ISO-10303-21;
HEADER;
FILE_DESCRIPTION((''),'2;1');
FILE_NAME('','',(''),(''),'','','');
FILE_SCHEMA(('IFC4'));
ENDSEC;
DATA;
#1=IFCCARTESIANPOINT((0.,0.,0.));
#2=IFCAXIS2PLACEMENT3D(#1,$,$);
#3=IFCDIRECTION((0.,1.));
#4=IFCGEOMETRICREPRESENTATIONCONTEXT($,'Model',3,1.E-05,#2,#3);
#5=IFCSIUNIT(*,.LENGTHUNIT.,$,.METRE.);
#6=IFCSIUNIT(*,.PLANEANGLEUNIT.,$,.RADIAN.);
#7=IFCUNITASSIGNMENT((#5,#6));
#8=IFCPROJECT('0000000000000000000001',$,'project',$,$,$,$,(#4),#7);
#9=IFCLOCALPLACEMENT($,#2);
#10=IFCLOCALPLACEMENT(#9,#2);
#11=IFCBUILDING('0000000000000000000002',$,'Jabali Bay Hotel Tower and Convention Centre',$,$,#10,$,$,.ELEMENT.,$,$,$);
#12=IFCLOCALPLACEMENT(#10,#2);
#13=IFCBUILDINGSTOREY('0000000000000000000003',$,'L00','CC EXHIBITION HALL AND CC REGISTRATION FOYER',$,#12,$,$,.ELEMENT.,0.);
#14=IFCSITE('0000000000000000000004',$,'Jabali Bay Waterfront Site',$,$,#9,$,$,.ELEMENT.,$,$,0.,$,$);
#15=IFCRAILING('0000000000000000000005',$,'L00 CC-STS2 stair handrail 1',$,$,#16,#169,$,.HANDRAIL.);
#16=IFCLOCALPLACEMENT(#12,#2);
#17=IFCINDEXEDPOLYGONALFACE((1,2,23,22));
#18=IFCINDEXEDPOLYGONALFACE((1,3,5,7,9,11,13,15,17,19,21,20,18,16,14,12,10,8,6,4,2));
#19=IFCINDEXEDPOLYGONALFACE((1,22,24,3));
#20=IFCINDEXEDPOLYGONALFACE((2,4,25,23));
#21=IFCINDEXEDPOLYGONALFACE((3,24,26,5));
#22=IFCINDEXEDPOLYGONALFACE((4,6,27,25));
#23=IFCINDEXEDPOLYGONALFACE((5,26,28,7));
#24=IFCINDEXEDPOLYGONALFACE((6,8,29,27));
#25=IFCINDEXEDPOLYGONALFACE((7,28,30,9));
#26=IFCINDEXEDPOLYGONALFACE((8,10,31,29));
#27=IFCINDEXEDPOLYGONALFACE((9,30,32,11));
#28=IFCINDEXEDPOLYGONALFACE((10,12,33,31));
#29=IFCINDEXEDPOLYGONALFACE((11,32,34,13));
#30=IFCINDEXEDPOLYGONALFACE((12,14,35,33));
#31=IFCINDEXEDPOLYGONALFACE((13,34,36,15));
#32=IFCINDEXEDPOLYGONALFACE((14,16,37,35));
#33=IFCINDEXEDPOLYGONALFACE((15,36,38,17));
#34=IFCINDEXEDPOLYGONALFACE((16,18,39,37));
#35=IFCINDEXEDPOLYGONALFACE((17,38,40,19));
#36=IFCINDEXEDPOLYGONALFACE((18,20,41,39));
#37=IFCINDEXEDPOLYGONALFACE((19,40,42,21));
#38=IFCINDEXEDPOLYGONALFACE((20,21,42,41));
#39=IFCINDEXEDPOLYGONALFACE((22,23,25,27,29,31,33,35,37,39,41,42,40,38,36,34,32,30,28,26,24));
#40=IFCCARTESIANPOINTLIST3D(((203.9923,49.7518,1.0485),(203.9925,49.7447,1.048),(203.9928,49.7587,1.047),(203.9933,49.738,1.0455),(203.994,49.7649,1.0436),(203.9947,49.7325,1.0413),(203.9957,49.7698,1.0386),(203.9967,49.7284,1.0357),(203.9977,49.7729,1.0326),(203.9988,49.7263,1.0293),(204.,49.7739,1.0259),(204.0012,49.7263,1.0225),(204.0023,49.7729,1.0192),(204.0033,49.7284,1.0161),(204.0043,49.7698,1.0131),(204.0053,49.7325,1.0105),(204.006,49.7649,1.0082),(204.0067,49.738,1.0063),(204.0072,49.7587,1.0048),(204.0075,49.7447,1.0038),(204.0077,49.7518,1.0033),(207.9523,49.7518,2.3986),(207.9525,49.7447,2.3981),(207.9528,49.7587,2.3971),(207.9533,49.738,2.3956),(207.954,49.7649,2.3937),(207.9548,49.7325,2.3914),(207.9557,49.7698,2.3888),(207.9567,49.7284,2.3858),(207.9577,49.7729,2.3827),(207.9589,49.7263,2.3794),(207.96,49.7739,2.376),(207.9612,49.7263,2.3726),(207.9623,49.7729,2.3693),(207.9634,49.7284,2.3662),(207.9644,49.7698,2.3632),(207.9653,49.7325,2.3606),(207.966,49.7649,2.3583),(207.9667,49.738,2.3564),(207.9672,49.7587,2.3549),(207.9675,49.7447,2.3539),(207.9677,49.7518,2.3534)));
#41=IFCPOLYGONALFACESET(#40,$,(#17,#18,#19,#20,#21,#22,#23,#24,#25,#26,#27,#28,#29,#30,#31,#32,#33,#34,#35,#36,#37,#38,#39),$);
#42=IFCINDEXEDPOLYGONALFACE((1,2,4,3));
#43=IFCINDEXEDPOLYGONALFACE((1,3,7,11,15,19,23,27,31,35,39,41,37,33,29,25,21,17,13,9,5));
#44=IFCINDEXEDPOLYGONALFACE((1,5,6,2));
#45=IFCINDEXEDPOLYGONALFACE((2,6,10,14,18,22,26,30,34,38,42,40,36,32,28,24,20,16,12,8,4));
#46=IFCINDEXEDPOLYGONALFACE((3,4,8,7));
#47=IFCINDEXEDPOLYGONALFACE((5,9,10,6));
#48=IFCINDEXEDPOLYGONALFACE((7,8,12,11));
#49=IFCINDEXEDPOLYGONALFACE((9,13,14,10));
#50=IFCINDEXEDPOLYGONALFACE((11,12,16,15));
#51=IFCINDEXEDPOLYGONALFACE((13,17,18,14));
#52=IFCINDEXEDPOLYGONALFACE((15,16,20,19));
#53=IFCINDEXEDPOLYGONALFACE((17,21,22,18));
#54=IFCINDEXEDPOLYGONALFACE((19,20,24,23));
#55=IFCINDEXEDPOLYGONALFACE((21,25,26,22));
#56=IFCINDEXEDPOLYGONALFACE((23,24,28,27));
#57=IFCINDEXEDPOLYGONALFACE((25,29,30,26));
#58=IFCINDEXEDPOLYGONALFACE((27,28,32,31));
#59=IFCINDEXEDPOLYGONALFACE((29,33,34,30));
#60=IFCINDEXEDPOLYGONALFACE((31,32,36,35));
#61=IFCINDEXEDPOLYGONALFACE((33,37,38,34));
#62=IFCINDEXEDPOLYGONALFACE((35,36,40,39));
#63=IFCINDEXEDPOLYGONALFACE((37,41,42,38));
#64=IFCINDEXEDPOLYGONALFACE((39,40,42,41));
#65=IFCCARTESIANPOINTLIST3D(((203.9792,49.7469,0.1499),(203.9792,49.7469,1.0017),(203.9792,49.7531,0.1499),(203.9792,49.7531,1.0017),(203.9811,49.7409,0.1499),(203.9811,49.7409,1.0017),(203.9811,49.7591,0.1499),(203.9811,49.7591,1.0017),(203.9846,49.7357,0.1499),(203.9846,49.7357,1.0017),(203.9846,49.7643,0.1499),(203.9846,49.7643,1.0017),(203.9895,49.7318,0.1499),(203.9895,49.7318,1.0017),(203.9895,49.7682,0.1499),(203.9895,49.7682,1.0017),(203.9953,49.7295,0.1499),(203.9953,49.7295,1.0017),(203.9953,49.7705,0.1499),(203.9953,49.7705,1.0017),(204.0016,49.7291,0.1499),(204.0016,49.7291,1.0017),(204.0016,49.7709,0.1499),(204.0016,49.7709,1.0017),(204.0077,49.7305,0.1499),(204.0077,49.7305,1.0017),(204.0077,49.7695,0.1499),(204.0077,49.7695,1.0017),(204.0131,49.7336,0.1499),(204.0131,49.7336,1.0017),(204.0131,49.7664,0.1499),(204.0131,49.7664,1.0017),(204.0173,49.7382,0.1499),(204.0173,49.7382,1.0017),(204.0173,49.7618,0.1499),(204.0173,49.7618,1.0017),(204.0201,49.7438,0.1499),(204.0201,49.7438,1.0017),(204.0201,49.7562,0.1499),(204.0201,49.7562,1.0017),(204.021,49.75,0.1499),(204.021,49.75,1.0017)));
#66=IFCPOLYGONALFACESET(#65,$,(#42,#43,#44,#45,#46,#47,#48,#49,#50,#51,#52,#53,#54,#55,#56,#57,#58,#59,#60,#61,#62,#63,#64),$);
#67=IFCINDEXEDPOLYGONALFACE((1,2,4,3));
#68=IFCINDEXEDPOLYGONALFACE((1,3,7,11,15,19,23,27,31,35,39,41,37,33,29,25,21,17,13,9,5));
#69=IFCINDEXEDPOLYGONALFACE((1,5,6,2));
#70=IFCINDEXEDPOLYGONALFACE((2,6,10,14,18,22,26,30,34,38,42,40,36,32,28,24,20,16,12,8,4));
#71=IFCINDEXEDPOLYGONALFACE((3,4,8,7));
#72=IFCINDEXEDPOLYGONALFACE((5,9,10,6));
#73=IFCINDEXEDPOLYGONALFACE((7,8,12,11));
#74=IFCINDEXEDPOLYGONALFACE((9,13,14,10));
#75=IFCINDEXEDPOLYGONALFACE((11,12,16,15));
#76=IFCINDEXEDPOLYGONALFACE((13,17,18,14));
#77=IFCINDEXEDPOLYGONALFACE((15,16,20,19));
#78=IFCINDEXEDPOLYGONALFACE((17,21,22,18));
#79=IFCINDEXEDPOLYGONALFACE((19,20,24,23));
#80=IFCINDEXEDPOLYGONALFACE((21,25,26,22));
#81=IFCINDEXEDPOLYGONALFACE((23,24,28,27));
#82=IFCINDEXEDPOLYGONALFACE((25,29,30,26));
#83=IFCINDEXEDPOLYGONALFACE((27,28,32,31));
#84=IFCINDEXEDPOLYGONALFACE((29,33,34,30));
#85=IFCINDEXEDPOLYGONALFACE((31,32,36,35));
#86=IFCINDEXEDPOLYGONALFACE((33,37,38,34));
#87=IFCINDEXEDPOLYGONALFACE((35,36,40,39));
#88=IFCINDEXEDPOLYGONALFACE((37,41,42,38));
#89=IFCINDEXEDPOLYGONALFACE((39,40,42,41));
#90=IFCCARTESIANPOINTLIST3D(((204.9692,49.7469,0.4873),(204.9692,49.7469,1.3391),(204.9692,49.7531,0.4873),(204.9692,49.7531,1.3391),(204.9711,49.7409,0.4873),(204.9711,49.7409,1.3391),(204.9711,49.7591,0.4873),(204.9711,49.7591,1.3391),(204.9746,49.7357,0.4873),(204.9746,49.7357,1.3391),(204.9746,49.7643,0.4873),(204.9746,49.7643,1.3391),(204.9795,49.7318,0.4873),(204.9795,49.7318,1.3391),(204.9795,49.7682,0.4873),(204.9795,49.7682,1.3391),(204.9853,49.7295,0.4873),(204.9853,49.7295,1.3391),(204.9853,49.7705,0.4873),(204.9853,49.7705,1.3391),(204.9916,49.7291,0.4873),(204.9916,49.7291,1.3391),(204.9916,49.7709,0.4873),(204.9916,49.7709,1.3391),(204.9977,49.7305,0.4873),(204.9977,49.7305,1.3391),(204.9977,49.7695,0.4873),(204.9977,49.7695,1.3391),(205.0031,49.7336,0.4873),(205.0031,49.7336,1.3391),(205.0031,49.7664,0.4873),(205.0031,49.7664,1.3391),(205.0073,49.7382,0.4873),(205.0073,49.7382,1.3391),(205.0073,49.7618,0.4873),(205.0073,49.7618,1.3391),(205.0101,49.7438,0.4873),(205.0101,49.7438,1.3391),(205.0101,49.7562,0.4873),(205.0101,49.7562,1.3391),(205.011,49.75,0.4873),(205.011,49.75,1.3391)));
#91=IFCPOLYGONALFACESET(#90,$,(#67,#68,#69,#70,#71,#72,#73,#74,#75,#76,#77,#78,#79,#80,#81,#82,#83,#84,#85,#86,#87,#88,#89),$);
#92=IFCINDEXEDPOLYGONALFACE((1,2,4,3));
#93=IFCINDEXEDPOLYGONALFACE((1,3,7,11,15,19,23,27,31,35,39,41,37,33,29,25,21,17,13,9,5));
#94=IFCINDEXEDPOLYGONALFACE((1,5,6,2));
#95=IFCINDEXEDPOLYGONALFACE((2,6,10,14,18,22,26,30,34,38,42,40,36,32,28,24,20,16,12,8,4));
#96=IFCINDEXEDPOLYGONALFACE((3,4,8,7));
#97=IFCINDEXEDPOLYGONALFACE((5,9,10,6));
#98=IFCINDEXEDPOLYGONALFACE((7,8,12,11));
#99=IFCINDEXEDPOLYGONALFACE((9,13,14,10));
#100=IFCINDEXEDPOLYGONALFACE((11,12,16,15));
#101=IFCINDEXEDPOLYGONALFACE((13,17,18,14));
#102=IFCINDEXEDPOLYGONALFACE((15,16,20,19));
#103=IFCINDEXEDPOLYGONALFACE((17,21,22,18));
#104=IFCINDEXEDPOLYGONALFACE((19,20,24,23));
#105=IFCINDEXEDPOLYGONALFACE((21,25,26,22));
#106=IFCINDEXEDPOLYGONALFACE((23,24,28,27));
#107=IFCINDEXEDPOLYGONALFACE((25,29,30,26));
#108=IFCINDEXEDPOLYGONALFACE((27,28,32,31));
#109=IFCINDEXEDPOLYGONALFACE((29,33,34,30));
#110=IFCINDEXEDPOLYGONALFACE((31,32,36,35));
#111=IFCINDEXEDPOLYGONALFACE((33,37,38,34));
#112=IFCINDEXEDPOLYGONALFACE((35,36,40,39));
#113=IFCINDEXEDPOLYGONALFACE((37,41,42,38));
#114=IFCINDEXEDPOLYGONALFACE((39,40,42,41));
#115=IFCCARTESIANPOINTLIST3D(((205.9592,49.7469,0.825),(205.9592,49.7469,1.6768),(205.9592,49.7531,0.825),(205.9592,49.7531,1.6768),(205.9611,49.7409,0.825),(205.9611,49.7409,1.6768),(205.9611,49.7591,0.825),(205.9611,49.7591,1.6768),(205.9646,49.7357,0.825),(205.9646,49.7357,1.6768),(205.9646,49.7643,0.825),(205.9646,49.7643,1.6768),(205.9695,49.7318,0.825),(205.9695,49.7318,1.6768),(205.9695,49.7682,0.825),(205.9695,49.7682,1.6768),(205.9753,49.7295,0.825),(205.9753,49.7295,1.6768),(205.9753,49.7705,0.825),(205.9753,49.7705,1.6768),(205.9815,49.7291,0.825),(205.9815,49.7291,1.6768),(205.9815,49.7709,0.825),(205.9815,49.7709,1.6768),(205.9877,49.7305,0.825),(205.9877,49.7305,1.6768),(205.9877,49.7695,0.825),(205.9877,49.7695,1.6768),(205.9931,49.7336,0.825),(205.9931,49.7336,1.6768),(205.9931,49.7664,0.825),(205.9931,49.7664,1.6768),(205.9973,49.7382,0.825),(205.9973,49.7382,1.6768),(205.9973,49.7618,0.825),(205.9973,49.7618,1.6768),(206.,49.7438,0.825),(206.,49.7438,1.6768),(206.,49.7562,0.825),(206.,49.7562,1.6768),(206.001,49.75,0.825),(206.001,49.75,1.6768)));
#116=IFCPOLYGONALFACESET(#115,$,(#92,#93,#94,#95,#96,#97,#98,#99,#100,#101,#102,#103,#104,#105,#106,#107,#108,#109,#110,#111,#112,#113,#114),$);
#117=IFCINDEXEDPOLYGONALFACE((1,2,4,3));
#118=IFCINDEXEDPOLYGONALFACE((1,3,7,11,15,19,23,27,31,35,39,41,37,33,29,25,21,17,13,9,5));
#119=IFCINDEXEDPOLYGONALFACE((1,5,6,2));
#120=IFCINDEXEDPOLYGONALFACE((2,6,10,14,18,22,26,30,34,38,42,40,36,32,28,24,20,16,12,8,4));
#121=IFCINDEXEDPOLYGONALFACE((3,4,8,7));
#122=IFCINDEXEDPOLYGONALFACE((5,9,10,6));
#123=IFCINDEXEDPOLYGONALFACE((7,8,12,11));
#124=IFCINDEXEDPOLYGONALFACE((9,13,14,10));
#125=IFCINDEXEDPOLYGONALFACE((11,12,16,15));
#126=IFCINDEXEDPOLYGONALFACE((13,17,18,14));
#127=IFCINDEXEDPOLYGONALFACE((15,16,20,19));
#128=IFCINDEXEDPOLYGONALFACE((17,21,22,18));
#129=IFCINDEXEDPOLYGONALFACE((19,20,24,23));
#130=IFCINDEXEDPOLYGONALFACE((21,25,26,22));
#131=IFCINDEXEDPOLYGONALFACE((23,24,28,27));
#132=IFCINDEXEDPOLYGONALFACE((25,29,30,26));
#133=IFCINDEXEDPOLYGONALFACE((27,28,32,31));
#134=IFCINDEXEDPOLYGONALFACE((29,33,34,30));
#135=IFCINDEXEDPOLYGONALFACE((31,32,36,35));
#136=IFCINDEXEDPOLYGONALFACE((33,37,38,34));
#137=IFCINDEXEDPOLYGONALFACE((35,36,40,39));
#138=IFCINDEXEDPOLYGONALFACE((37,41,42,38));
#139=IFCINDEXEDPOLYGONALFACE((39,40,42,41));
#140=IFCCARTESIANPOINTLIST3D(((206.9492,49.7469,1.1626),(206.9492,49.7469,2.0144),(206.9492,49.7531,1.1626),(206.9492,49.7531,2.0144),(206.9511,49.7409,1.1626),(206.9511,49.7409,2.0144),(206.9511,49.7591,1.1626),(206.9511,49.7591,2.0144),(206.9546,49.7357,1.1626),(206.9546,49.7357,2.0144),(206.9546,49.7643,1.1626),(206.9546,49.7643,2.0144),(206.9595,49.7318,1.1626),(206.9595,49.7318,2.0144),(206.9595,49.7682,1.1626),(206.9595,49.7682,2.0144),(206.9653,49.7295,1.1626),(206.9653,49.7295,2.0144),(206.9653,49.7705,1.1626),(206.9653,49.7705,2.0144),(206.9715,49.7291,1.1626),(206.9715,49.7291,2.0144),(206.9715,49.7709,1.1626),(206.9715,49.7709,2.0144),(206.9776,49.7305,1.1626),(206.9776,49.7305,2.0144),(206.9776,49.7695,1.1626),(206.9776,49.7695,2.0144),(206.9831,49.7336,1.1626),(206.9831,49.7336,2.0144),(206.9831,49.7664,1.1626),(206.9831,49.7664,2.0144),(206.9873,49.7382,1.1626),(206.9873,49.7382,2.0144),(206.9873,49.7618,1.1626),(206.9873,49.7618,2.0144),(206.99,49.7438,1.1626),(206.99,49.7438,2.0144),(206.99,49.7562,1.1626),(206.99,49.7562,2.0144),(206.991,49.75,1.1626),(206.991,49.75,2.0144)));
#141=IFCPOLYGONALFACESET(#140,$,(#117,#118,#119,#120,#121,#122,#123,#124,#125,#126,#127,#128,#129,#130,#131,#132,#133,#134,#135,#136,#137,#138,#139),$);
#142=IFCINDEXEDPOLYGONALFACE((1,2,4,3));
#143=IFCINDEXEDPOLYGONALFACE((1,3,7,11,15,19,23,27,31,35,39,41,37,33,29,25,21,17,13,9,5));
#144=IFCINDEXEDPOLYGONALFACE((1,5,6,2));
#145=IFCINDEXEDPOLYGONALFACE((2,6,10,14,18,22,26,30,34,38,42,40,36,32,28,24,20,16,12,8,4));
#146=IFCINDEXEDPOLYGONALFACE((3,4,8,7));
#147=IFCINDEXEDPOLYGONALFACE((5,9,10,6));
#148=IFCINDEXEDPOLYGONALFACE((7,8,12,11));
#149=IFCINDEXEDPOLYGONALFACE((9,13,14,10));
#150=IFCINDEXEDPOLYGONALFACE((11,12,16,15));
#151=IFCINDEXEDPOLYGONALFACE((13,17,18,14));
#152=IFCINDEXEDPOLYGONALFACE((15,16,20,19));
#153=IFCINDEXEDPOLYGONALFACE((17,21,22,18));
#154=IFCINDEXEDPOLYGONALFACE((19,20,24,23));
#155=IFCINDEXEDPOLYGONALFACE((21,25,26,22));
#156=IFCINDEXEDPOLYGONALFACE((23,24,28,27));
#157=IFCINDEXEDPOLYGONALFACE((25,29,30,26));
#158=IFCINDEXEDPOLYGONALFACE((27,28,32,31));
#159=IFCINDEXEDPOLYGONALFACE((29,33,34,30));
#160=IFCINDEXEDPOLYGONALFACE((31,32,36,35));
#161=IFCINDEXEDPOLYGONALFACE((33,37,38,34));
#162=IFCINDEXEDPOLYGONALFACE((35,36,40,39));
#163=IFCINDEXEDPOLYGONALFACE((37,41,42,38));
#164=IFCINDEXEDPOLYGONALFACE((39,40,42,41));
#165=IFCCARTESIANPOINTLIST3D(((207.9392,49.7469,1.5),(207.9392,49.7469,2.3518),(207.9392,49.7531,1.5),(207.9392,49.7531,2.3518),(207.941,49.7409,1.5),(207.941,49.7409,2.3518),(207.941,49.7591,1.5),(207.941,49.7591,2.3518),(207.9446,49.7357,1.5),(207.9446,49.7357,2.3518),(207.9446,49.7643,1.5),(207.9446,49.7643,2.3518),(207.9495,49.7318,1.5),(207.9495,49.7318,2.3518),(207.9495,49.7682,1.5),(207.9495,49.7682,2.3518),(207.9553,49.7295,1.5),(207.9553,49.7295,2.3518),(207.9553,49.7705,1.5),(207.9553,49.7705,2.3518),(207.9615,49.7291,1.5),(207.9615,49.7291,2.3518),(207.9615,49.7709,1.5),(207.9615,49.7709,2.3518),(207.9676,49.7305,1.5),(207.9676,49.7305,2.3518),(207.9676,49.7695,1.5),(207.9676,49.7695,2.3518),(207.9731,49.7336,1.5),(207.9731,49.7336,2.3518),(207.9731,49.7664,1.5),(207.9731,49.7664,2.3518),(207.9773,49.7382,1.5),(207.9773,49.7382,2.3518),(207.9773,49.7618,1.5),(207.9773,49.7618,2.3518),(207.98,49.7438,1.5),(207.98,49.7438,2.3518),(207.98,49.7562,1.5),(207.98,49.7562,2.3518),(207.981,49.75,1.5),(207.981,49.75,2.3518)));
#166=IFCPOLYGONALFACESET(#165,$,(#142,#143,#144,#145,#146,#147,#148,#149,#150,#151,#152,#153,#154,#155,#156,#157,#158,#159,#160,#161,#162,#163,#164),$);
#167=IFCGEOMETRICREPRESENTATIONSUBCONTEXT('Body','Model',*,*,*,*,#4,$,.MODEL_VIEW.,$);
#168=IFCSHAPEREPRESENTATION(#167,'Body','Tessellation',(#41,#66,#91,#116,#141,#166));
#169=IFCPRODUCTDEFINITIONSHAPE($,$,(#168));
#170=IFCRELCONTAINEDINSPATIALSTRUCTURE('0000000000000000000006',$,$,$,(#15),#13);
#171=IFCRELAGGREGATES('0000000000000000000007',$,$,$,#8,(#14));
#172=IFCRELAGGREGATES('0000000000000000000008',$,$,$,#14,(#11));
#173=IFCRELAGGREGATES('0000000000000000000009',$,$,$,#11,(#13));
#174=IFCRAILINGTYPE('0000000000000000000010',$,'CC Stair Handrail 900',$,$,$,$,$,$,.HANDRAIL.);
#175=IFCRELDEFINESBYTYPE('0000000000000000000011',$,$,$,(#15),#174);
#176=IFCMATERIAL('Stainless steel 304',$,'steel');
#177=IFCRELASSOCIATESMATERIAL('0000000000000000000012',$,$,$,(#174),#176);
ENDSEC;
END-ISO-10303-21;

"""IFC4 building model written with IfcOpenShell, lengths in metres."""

from ifc_helpers import new_model, si_unit, direction, frame, origin, origin_2d, place, context, subcontext, project, spatial, circle, extrude, material, type_object, element, save


model = new_model("IFC4")

# Units and contexts
model_context = context("Model", 3, precision=1e-05, world=origin(), true_north=direction((0.0, 1.0)))
body_context = subcontext(model_context, "Body", "Model", "MODEL_VIEW")
ifc_project = project(units=[si_unit("LENGTHUNIT", "METRE"), si_unit("PLANEANGLEUNIT", "RADIAN")], contexts=[model_context])

# Site, building, storey
site_placement = place(None, origin())
site = spatial("IfcSite", under=ifc_project, at=site_placement, Name="Jabali Bay Waterfront Site", CompositionType="ELEMENT", RefElevation=0.0)
building_placement = place(site_placement, origin())
building = spatial("IfcBuilding", under=site, at=building_placement, Name="Jabali Bay Hotel Tower and Convention Centre", CompositionType="ELEMENT")
storey_placement = place(building_placement, origin())
storey = spatial("IfcBuildingStorey", under=building, at=storey_placement, Name="L00", Description="CC EXHIBITION HALL AND CC REGISTRATION FOYER", CompositionType="ELEMENT", Elevation=0.0)

# Railing
ifc_material_1 = material(Name="Stainless steel 304", Category="steel")
railing_type_1 = type_object("IfcRailingType", Name="CC Stair Handrail 900", PredefinedType="HANDRAIL", material=ifc_material_1)
railing_1_placement = place(storey_placement, frame((204.0, 49.75, 0.1499)))
element("IfcRailing", 1, at=railing_1_placement, inside=storey, type_object=railing_type_1, Name="L00 CC-STS2 stair handrail 1", PredefinedType="HANDRAIL", context=body_context, shape_type="SweptSolid", body=[
    extrude(circle(Radius=0.0239, at=origin_2d()), frame((0.0, 0.0, 0.876), z_axis=(0.946502, 0.0, 0.322698), x_axis=(0.0, 1.0, 0.0)), (0.0, 0.0, 1.0), 4.1838),
    extrude(circle(Radius=0.021, at=origin_2d()), origin(), (0.0, 0.0, 1.0), 0.8518),
    extrude(circle(Radius=0.021, at=origin_2d()), frame((0.99, 0.0, 0.3374)), (0.0, 0.0, 1.0), 0.8518),
    extrude(circle(Radius=0.021, at=origin_2d()), frame((1.98, 0.0, 0.675)), (0.0, 0.0, 1.0), 0.8518),
    extrude(circle(Radius=0.021, at=origin_2d()), frame((2.97, 0.0, 1.0127)), (0.0, 0.0, 1.0), 0.8518),
    extrude(circle(Radius=0.021, at=origin_2d()), frame((3.96, 0.0, 1.3501)), (0.0, 0.0, 1.0), 0.8518),
])

save(model, "model.ifc")
